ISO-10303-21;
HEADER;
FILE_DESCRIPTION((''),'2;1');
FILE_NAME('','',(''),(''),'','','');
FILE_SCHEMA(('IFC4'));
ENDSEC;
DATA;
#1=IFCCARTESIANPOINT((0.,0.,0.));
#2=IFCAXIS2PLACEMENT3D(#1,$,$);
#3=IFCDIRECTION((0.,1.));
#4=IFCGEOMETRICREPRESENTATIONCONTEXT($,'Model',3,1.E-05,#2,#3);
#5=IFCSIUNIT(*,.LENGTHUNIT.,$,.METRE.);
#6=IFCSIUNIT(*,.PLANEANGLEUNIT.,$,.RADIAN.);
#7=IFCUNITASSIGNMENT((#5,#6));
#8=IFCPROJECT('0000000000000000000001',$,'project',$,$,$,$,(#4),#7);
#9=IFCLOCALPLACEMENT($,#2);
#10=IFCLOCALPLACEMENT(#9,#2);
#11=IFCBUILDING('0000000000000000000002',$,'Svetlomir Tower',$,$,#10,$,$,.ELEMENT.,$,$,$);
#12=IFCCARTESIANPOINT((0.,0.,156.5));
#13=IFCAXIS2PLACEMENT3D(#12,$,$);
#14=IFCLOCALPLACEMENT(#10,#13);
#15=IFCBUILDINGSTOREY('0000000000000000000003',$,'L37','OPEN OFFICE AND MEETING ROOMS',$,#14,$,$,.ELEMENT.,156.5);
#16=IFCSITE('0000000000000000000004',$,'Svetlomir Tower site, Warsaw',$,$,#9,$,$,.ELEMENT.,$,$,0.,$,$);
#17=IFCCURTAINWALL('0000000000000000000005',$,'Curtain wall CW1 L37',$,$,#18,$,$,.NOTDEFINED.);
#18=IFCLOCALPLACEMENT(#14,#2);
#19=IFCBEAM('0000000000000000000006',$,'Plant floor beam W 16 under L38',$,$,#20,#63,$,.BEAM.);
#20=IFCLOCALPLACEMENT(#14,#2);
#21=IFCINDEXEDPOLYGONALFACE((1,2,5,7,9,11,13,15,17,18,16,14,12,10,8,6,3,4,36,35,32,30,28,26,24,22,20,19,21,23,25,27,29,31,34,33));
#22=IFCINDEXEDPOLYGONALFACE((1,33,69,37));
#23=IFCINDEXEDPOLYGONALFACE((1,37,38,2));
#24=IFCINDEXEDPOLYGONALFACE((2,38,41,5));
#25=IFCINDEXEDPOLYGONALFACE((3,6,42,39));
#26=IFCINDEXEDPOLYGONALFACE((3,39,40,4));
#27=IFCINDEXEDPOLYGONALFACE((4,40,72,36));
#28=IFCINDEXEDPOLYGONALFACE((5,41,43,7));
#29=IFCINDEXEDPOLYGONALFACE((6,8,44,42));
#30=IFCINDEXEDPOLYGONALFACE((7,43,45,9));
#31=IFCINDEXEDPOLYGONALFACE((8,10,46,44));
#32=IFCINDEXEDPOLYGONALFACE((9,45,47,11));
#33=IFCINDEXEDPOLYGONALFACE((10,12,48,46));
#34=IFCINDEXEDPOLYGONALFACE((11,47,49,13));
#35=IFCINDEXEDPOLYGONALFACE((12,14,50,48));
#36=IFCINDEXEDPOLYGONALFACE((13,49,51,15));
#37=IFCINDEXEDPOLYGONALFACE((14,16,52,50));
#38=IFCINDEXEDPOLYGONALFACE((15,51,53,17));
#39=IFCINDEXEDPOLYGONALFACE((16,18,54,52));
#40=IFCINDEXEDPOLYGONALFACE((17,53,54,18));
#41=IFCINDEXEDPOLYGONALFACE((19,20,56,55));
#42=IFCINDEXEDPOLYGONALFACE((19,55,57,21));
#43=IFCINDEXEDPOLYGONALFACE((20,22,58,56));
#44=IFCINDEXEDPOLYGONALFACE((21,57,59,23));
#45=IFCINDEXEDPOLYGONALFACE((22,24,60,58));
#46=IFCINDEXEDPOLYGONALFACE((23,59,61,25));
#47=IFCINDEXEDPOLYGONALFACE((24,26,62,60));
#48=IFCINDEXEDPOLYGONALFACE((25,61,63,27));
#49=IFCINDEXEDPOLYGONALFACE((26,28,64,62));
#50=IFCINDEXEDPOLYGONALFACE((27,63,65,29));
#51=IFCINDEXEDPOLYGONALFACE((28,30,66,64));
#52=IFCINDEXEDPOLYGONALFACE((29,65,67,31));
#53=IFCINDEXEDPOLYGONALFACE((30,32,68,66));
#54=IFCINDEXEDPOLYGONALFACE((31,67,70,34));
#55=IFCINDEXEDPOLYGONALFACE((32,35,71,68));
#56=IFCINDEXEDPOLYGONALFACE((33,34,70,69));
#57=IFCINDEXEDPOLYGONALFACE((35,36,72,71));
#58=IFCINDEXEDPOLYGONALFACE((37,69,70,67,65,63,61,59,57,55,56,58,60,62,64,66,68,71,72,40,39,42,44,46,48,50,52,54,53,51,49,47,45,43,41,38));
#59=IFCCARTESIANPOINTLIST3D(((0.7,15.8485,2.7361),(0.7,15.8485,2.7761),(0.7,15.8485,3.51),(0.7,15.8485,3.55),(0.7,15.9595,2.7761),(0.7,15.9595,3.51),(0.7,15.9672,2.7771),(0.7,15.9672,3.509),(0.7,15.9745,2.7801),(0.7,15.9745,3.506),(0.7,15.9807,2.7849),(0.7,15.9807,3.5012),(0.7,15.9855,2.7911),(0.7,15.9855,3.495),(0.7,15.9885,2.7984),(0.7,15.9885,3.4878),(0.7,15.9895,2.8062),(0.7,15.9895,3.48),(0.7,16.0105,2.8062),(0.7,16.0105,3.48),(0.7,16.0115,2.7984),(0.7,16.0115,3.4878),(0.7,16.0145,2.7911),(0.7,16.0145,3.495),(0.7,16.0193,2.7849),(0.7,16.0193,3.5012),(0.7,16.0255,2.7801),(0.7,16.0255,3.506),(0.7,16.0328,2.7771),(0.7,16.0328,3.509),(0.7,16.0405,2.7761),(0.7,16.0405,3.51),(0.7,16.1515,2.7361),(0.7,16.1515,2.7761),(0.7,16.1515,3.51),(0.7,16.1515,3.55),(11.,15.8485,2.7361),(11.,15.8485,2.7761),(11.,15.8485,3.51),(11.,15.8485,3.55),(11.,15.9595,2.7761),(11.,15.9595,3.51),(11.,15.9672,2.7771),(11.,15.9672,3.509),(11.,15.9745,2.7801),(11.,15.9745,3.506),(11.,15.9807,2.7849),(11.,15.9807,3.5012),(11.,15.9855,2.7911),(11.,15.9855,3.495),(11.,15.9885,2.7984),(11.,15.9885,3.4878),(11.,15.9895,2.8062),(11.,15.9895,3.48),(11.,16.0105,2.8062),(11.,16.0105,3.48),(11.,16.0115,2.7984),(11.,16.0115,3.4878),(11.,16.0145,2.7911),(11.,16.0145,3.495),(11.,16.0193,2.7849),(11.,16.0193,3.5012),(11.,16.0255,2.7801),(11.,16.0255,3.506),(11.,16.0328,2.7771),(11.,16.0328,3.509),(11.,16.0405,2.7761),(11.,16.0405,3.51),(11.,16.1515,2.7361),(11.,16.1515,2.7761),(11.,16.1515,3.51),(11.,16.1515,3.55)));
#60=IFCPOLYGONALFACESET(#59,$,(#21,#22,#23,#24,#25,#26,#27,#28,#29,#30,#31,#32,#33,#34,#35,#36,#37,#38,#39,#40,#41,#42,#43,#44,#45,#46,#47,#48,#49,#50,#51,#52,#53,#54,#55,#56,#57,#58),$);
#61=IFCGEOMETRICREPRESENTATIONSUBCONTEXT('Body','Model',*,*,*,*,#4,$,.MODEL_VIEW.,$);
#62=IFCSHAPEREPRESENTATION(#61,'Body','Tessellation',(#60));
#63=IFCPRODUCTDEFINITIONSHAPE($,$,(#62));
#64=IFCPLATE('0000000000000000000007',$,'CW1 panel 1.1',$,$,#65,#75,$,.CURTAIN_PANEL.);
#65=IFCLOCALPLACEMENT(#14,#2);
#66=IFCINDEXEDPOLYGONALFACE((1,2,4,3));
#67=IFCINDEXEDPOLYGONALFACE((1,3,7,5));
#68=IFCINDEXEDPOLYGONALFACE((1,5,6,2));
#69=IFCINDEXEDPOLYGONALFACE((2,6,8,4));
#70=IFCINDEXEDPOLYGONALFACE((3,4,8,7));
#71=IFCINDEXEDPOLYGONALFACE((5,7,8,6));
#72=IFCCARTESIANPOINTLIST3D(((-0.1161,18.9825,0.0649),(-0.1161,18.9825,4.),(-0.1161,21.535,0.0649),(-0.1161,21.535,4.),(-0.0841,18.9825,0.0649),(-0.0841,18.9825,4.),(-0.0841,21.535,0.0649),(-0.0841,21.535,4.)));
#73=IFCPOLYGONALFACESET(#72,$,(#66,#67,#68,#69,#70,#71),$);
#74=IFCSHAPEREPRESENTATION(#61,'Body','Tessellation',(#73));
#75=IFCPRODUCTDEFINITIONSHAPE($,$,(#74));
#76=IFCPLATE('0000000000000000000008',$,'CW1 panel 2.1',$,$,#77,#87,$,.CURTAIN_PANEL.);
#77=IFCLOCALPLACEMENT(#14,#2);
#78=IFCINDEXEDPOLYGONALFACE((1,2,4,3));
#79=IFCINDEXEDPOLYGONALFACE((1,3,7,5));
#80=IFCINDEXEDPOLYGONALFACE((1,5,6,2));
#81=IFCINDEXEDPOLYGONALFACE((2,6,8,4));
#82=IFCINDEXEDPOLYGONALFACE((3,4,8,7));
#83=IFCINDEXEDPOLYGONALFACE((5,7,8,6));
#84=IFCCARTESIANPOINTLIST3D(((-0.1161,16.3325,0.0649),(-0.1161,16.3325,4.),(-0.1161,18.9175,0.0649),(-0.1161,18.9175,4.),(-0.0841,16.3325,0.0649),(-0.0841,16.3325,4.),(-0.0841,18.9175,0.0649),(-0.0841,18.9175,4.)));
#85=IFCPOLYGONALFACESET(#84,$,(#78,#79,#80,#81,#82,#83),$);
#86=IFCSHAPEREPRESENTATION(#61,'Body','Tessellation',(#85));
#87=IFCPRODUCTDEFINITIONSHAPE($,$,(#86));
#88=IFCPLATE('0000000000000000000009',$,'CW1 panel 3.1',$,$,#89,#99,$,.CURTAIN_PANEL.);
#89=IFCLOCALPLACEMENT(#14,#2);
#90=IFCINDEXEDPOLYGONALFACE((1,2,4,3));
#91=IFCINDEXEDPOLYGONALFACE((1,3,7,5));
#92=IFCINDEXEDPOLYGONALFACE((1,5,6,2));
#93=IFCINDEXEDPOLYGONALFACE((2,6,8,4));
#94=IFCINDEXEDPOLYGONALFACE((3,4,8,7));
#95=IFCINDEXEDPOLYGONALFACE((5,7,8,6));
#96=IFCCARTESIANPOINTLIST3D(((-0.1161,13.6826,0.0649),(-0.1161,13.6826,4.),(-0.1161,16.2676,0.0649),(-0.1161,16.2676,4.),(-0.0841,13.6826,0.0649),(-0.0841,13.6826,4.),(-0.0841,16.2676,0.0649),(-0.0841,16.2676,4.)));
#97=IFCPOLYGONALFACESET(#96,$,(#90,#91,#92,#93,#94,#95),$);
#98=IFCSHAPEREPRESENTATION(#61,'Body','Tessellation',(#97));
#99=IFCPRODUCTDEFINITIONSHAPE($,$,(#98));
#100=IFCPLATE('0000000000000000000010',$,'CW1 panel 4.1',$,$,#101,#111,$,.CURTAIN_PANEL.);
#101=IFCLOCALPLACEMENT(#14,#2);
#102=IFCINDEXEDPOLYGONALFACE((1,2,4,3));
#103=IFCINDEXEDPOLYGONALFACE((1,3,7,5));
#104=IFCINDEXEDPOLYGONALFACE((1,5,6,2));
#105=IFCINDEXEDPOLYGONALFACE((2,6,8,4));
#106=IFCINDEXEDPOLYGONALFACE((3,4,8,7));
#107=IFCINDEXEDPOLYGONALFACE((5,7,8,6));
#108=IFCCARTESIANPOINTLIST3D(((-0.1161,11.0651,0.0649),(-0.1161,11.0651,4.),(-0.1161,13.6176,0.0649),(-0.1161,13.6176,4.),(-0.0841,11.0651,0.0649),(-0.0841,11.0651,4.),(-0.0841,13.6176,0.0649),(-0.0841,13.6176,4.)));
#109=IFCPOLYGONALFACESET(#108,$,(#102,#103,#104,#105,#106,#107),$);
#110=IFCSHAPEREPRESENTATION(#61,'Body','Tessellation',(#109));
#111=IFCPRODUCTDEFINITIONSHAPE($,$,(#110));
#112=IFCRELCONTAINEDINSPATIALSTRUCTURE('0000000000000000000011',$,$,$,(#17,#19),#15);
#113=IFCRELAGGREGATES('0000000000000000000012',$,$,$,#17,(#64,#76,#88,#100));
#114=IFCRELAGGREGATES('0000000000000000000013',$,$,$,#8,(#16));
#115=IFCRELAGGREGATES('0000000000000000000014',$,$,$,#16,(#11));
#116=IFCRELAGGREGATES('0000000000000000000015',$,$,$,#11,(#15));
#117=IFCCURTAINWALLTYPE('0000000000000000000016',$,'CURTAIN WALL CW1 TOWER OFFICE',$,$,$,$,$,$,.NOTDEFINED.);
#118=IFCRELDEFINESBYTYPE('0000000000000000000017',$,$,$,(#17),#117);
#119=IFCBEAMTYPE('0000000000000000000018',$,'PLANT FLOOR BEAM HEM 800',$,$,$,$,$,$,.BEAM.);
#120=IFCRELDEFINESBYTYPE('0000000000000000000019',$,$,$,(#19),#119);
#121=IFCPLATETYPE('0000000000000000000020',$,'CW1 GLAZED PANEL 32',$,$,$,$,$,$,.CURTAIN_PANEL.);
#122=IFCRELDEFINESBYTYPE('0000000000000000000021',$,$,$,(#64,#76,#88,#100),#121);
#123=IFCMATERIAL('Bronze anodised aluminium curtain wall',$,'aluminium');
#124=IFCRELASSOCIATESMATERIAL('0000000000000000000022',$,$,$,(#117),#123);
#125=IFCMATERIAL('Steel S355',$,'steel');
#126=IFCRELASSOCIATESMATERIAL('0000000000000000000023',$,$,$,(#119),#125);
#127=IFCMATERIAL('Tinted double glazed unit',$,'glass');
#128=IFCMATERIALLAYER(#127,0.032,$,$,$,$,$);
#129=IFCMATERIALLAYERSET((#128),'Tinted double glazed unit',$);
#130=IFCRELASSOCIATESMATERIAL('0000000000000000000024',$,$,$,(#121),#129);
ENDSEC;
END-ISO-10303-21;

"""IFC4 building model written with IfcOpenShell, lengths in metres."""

from ifc_helpers import new_model, si_unit, direction, frame, origin, origin_2d, place, context, subcontext, project, spatial, rectangle, i_section, extrude, material, layer, layer_set, material_profile, profile_set, type_object, element, aggregate, save


model = new_model("IFC4")

# Units and contexts
model_context = context("Model", 3, precision=1e-05, world=origin(), true_north=direction((0.0, 1.0)))
body_context = subcontext(model_context, "Body", "Model", "MODEL_VIEW")
ifc_project = project(units=[si_unit("LENGTHUNIT", "METRE"), si_unit("PLANEANGLEUNIT", "RADIAN")], contexts=[model_context])

# Site, building, storey
site_placement = place(None, origin())
site = spatial("IfcSite", under=ifc_project, at=site_placement, Name="Svetlomir Tower site, Warsaw", CompositionType="ELEMENT", RefElevation=0.0)
building_placement = place(site_placement, origin())
building = spatial("IfcBuilding", under=site, at=building_placement, Name="Svetlomir Tower", CompositionType="ELEMENT")
storey_placement = place(building_placement, frame((0.0, 0.0, 156.5)))
storey = spatial("IfcBuildingStorey", under=building, at=storey_placement, Name="L37", Description="OPEN OFFICE AND MEETING ROOMS", CompositionType="ELEMENT", Elevation=156.5)

# Curtain wall
ifc_material_1 = material(Name="Bronze anodised aluminium curtain wall", Category="aluminium")
curtain_wall_type = type_object("IfcCurtainWallType", Name="CURTAIN WALL CW1 TOWER OFFICE", PredefinedType="NOTDEFINED", material=ifc_material_1)
curtain_wall_1_placement = place(storey_placement, origin())
curtain_wall_1 = element("IfcCurtainWall", 1, at=curtain_wall_1_placement, inside=storey, type_object=curtain_wall_type, Name="Curtain wall CW1 L37", PredefinedType="NOTDEFINED")

# Beam
ifc_material_2 = material(Name="Steel S355", Category="steel")
ifc_material_profile_1 = material_profile(ifc_material_2, i_section(OverallWidth=0.303, OverallDepth=0.814, WebThickness=0.021, FlangeThickness=0.04, FilletRadius=0.03, at=origin_2d()), Name="HEM 800")
ifc_profile_set_1 = profile_set([ifc_material_profile_1], Name="Steel S355")
beam_type_1 = type_object("IfcBeamType", Name="PLANT FLOOR BEAM HEM 800", PredefinedType="BEAM", material=ifc_profile_set_1)
beam_1_placement = place(storey_placement, frame((0.7, 16.0, 3.1431), z_axis=(1.0, 0.0, 0.0), x_axis=(0.0, 1.0, 0.0)))
element("IfcBeam", 2, at=beam_1_placement, inside=storey, type_object=beam_type_1, Name="Plant floor beam W 16 under L38", PredefinedType="BEAM", context=body_context, shape_type="SweptSolid", body=[
    extrude(i_section(OverallWidth=0.303, OverallDepth=0.814, WebThickness=0.021, FlangeThickness=0.04, FilletRadius=0.03, at=origin_2d()), origin(), (0.0, 0.0, 1.0), 10.3),
])

# Plates
ifc_material_3 = material(Name="Tinted double glazed unit", Category="glass")
ifc_layer_1 = layer(ifc_material_3, 0.032)
ifc_layer_set_1 = layer_set([ifc_layer_1], Name="Tinted double glazed unit")
plate_type = type_object("IfcPlateType", Name="CW1 GLAZED PANEL 32", PredefinedType="CURTAIN_PANEL", material=ifc_layer_set_1)
plate_1_placement = place(storey_placement, frame((-0.1001, 20.2588, 0.0649), z_axis=(0.0, 0.0, 1.0), x_axis=(0.0, -1.0, 0.0)))
plate_1 = element("IfcPlate", 3, at=plate_1_placement, type_object=plate_type, Name="CW1 panel 1.1", PredefinedType="CURTAIN_PANEL", context=body_context, shape_type="SweptSolid", body=[
    extrude(rectangle(XDim=2.5525, YDim=0.032, at=origin_2d()), origin(), (0.0, 0.0, 1.0), 3.9351),
])
plate_2_placement = place(storey_placement, frame((-0.1001, 17.625, 0.0649), z_axis=(0.0, 0.0, 1.0), x_axis=(0.0, -1.0, 0.0)))
plate_2 = element("IfcPlate", 4, at=plate_2_placement, type_object=plate_type, Name="CW1 panel 2.1", PredefinedType="CURTAIN_PANEL", context=body_context, shape_type="SweptSolid", body=[
    extrude(rectangle(XDim=2.585, YDim=0.032, at=origin_2d()), origin(), (0.0, 0.0, 1.0), 3.9351),
])
plate_3_placement = place(storey_placement, frame((-0.1001, 14.9751, 0.0649), z_axis=(0.0, 0.0, 1.0), x_axis=(0.0, -1.0, 0.0)))
plate_3 = element("IfcPlate", 5, at=plate_3_placement, type_object=plate_type, Name="CW1 panel 3.1", PredefinedType="CURTAIN_PANEL", context=body_context, shape_type="SweptSolid", body=[
    extrude(rectangle(XDim=2.585, YDim=0.032, at=origin_2d()), origin(), (0.0, 0.0, 1.0), 3.9351),
])
plate_4_placement = place(storey_placement, frame((-0.1001, 12.3413, 0.0649), z_axis=(0.0, 0.0, 1.0), x_axis=(0.0, -1.0, 0.0)))
plate_4 = element("IfcPlate", 6, at=plate_4_placement, type_object=plate_type, Name="CW1 panel 4.1", PredefinedType="CURTAIN_PANEL", context=body_context, shape_type="SweptSolid", body=[
    extrude(rectangle(XDim=2.5525, YDim=0.032, at=origin_2d()), origin(), (0.0, 0.0, 1.0), 3.9351),
])
aggregate(curtain_wall_1, [plate_1, plate_2, plate_3, plate_4])

save(model, "model.ifc")
